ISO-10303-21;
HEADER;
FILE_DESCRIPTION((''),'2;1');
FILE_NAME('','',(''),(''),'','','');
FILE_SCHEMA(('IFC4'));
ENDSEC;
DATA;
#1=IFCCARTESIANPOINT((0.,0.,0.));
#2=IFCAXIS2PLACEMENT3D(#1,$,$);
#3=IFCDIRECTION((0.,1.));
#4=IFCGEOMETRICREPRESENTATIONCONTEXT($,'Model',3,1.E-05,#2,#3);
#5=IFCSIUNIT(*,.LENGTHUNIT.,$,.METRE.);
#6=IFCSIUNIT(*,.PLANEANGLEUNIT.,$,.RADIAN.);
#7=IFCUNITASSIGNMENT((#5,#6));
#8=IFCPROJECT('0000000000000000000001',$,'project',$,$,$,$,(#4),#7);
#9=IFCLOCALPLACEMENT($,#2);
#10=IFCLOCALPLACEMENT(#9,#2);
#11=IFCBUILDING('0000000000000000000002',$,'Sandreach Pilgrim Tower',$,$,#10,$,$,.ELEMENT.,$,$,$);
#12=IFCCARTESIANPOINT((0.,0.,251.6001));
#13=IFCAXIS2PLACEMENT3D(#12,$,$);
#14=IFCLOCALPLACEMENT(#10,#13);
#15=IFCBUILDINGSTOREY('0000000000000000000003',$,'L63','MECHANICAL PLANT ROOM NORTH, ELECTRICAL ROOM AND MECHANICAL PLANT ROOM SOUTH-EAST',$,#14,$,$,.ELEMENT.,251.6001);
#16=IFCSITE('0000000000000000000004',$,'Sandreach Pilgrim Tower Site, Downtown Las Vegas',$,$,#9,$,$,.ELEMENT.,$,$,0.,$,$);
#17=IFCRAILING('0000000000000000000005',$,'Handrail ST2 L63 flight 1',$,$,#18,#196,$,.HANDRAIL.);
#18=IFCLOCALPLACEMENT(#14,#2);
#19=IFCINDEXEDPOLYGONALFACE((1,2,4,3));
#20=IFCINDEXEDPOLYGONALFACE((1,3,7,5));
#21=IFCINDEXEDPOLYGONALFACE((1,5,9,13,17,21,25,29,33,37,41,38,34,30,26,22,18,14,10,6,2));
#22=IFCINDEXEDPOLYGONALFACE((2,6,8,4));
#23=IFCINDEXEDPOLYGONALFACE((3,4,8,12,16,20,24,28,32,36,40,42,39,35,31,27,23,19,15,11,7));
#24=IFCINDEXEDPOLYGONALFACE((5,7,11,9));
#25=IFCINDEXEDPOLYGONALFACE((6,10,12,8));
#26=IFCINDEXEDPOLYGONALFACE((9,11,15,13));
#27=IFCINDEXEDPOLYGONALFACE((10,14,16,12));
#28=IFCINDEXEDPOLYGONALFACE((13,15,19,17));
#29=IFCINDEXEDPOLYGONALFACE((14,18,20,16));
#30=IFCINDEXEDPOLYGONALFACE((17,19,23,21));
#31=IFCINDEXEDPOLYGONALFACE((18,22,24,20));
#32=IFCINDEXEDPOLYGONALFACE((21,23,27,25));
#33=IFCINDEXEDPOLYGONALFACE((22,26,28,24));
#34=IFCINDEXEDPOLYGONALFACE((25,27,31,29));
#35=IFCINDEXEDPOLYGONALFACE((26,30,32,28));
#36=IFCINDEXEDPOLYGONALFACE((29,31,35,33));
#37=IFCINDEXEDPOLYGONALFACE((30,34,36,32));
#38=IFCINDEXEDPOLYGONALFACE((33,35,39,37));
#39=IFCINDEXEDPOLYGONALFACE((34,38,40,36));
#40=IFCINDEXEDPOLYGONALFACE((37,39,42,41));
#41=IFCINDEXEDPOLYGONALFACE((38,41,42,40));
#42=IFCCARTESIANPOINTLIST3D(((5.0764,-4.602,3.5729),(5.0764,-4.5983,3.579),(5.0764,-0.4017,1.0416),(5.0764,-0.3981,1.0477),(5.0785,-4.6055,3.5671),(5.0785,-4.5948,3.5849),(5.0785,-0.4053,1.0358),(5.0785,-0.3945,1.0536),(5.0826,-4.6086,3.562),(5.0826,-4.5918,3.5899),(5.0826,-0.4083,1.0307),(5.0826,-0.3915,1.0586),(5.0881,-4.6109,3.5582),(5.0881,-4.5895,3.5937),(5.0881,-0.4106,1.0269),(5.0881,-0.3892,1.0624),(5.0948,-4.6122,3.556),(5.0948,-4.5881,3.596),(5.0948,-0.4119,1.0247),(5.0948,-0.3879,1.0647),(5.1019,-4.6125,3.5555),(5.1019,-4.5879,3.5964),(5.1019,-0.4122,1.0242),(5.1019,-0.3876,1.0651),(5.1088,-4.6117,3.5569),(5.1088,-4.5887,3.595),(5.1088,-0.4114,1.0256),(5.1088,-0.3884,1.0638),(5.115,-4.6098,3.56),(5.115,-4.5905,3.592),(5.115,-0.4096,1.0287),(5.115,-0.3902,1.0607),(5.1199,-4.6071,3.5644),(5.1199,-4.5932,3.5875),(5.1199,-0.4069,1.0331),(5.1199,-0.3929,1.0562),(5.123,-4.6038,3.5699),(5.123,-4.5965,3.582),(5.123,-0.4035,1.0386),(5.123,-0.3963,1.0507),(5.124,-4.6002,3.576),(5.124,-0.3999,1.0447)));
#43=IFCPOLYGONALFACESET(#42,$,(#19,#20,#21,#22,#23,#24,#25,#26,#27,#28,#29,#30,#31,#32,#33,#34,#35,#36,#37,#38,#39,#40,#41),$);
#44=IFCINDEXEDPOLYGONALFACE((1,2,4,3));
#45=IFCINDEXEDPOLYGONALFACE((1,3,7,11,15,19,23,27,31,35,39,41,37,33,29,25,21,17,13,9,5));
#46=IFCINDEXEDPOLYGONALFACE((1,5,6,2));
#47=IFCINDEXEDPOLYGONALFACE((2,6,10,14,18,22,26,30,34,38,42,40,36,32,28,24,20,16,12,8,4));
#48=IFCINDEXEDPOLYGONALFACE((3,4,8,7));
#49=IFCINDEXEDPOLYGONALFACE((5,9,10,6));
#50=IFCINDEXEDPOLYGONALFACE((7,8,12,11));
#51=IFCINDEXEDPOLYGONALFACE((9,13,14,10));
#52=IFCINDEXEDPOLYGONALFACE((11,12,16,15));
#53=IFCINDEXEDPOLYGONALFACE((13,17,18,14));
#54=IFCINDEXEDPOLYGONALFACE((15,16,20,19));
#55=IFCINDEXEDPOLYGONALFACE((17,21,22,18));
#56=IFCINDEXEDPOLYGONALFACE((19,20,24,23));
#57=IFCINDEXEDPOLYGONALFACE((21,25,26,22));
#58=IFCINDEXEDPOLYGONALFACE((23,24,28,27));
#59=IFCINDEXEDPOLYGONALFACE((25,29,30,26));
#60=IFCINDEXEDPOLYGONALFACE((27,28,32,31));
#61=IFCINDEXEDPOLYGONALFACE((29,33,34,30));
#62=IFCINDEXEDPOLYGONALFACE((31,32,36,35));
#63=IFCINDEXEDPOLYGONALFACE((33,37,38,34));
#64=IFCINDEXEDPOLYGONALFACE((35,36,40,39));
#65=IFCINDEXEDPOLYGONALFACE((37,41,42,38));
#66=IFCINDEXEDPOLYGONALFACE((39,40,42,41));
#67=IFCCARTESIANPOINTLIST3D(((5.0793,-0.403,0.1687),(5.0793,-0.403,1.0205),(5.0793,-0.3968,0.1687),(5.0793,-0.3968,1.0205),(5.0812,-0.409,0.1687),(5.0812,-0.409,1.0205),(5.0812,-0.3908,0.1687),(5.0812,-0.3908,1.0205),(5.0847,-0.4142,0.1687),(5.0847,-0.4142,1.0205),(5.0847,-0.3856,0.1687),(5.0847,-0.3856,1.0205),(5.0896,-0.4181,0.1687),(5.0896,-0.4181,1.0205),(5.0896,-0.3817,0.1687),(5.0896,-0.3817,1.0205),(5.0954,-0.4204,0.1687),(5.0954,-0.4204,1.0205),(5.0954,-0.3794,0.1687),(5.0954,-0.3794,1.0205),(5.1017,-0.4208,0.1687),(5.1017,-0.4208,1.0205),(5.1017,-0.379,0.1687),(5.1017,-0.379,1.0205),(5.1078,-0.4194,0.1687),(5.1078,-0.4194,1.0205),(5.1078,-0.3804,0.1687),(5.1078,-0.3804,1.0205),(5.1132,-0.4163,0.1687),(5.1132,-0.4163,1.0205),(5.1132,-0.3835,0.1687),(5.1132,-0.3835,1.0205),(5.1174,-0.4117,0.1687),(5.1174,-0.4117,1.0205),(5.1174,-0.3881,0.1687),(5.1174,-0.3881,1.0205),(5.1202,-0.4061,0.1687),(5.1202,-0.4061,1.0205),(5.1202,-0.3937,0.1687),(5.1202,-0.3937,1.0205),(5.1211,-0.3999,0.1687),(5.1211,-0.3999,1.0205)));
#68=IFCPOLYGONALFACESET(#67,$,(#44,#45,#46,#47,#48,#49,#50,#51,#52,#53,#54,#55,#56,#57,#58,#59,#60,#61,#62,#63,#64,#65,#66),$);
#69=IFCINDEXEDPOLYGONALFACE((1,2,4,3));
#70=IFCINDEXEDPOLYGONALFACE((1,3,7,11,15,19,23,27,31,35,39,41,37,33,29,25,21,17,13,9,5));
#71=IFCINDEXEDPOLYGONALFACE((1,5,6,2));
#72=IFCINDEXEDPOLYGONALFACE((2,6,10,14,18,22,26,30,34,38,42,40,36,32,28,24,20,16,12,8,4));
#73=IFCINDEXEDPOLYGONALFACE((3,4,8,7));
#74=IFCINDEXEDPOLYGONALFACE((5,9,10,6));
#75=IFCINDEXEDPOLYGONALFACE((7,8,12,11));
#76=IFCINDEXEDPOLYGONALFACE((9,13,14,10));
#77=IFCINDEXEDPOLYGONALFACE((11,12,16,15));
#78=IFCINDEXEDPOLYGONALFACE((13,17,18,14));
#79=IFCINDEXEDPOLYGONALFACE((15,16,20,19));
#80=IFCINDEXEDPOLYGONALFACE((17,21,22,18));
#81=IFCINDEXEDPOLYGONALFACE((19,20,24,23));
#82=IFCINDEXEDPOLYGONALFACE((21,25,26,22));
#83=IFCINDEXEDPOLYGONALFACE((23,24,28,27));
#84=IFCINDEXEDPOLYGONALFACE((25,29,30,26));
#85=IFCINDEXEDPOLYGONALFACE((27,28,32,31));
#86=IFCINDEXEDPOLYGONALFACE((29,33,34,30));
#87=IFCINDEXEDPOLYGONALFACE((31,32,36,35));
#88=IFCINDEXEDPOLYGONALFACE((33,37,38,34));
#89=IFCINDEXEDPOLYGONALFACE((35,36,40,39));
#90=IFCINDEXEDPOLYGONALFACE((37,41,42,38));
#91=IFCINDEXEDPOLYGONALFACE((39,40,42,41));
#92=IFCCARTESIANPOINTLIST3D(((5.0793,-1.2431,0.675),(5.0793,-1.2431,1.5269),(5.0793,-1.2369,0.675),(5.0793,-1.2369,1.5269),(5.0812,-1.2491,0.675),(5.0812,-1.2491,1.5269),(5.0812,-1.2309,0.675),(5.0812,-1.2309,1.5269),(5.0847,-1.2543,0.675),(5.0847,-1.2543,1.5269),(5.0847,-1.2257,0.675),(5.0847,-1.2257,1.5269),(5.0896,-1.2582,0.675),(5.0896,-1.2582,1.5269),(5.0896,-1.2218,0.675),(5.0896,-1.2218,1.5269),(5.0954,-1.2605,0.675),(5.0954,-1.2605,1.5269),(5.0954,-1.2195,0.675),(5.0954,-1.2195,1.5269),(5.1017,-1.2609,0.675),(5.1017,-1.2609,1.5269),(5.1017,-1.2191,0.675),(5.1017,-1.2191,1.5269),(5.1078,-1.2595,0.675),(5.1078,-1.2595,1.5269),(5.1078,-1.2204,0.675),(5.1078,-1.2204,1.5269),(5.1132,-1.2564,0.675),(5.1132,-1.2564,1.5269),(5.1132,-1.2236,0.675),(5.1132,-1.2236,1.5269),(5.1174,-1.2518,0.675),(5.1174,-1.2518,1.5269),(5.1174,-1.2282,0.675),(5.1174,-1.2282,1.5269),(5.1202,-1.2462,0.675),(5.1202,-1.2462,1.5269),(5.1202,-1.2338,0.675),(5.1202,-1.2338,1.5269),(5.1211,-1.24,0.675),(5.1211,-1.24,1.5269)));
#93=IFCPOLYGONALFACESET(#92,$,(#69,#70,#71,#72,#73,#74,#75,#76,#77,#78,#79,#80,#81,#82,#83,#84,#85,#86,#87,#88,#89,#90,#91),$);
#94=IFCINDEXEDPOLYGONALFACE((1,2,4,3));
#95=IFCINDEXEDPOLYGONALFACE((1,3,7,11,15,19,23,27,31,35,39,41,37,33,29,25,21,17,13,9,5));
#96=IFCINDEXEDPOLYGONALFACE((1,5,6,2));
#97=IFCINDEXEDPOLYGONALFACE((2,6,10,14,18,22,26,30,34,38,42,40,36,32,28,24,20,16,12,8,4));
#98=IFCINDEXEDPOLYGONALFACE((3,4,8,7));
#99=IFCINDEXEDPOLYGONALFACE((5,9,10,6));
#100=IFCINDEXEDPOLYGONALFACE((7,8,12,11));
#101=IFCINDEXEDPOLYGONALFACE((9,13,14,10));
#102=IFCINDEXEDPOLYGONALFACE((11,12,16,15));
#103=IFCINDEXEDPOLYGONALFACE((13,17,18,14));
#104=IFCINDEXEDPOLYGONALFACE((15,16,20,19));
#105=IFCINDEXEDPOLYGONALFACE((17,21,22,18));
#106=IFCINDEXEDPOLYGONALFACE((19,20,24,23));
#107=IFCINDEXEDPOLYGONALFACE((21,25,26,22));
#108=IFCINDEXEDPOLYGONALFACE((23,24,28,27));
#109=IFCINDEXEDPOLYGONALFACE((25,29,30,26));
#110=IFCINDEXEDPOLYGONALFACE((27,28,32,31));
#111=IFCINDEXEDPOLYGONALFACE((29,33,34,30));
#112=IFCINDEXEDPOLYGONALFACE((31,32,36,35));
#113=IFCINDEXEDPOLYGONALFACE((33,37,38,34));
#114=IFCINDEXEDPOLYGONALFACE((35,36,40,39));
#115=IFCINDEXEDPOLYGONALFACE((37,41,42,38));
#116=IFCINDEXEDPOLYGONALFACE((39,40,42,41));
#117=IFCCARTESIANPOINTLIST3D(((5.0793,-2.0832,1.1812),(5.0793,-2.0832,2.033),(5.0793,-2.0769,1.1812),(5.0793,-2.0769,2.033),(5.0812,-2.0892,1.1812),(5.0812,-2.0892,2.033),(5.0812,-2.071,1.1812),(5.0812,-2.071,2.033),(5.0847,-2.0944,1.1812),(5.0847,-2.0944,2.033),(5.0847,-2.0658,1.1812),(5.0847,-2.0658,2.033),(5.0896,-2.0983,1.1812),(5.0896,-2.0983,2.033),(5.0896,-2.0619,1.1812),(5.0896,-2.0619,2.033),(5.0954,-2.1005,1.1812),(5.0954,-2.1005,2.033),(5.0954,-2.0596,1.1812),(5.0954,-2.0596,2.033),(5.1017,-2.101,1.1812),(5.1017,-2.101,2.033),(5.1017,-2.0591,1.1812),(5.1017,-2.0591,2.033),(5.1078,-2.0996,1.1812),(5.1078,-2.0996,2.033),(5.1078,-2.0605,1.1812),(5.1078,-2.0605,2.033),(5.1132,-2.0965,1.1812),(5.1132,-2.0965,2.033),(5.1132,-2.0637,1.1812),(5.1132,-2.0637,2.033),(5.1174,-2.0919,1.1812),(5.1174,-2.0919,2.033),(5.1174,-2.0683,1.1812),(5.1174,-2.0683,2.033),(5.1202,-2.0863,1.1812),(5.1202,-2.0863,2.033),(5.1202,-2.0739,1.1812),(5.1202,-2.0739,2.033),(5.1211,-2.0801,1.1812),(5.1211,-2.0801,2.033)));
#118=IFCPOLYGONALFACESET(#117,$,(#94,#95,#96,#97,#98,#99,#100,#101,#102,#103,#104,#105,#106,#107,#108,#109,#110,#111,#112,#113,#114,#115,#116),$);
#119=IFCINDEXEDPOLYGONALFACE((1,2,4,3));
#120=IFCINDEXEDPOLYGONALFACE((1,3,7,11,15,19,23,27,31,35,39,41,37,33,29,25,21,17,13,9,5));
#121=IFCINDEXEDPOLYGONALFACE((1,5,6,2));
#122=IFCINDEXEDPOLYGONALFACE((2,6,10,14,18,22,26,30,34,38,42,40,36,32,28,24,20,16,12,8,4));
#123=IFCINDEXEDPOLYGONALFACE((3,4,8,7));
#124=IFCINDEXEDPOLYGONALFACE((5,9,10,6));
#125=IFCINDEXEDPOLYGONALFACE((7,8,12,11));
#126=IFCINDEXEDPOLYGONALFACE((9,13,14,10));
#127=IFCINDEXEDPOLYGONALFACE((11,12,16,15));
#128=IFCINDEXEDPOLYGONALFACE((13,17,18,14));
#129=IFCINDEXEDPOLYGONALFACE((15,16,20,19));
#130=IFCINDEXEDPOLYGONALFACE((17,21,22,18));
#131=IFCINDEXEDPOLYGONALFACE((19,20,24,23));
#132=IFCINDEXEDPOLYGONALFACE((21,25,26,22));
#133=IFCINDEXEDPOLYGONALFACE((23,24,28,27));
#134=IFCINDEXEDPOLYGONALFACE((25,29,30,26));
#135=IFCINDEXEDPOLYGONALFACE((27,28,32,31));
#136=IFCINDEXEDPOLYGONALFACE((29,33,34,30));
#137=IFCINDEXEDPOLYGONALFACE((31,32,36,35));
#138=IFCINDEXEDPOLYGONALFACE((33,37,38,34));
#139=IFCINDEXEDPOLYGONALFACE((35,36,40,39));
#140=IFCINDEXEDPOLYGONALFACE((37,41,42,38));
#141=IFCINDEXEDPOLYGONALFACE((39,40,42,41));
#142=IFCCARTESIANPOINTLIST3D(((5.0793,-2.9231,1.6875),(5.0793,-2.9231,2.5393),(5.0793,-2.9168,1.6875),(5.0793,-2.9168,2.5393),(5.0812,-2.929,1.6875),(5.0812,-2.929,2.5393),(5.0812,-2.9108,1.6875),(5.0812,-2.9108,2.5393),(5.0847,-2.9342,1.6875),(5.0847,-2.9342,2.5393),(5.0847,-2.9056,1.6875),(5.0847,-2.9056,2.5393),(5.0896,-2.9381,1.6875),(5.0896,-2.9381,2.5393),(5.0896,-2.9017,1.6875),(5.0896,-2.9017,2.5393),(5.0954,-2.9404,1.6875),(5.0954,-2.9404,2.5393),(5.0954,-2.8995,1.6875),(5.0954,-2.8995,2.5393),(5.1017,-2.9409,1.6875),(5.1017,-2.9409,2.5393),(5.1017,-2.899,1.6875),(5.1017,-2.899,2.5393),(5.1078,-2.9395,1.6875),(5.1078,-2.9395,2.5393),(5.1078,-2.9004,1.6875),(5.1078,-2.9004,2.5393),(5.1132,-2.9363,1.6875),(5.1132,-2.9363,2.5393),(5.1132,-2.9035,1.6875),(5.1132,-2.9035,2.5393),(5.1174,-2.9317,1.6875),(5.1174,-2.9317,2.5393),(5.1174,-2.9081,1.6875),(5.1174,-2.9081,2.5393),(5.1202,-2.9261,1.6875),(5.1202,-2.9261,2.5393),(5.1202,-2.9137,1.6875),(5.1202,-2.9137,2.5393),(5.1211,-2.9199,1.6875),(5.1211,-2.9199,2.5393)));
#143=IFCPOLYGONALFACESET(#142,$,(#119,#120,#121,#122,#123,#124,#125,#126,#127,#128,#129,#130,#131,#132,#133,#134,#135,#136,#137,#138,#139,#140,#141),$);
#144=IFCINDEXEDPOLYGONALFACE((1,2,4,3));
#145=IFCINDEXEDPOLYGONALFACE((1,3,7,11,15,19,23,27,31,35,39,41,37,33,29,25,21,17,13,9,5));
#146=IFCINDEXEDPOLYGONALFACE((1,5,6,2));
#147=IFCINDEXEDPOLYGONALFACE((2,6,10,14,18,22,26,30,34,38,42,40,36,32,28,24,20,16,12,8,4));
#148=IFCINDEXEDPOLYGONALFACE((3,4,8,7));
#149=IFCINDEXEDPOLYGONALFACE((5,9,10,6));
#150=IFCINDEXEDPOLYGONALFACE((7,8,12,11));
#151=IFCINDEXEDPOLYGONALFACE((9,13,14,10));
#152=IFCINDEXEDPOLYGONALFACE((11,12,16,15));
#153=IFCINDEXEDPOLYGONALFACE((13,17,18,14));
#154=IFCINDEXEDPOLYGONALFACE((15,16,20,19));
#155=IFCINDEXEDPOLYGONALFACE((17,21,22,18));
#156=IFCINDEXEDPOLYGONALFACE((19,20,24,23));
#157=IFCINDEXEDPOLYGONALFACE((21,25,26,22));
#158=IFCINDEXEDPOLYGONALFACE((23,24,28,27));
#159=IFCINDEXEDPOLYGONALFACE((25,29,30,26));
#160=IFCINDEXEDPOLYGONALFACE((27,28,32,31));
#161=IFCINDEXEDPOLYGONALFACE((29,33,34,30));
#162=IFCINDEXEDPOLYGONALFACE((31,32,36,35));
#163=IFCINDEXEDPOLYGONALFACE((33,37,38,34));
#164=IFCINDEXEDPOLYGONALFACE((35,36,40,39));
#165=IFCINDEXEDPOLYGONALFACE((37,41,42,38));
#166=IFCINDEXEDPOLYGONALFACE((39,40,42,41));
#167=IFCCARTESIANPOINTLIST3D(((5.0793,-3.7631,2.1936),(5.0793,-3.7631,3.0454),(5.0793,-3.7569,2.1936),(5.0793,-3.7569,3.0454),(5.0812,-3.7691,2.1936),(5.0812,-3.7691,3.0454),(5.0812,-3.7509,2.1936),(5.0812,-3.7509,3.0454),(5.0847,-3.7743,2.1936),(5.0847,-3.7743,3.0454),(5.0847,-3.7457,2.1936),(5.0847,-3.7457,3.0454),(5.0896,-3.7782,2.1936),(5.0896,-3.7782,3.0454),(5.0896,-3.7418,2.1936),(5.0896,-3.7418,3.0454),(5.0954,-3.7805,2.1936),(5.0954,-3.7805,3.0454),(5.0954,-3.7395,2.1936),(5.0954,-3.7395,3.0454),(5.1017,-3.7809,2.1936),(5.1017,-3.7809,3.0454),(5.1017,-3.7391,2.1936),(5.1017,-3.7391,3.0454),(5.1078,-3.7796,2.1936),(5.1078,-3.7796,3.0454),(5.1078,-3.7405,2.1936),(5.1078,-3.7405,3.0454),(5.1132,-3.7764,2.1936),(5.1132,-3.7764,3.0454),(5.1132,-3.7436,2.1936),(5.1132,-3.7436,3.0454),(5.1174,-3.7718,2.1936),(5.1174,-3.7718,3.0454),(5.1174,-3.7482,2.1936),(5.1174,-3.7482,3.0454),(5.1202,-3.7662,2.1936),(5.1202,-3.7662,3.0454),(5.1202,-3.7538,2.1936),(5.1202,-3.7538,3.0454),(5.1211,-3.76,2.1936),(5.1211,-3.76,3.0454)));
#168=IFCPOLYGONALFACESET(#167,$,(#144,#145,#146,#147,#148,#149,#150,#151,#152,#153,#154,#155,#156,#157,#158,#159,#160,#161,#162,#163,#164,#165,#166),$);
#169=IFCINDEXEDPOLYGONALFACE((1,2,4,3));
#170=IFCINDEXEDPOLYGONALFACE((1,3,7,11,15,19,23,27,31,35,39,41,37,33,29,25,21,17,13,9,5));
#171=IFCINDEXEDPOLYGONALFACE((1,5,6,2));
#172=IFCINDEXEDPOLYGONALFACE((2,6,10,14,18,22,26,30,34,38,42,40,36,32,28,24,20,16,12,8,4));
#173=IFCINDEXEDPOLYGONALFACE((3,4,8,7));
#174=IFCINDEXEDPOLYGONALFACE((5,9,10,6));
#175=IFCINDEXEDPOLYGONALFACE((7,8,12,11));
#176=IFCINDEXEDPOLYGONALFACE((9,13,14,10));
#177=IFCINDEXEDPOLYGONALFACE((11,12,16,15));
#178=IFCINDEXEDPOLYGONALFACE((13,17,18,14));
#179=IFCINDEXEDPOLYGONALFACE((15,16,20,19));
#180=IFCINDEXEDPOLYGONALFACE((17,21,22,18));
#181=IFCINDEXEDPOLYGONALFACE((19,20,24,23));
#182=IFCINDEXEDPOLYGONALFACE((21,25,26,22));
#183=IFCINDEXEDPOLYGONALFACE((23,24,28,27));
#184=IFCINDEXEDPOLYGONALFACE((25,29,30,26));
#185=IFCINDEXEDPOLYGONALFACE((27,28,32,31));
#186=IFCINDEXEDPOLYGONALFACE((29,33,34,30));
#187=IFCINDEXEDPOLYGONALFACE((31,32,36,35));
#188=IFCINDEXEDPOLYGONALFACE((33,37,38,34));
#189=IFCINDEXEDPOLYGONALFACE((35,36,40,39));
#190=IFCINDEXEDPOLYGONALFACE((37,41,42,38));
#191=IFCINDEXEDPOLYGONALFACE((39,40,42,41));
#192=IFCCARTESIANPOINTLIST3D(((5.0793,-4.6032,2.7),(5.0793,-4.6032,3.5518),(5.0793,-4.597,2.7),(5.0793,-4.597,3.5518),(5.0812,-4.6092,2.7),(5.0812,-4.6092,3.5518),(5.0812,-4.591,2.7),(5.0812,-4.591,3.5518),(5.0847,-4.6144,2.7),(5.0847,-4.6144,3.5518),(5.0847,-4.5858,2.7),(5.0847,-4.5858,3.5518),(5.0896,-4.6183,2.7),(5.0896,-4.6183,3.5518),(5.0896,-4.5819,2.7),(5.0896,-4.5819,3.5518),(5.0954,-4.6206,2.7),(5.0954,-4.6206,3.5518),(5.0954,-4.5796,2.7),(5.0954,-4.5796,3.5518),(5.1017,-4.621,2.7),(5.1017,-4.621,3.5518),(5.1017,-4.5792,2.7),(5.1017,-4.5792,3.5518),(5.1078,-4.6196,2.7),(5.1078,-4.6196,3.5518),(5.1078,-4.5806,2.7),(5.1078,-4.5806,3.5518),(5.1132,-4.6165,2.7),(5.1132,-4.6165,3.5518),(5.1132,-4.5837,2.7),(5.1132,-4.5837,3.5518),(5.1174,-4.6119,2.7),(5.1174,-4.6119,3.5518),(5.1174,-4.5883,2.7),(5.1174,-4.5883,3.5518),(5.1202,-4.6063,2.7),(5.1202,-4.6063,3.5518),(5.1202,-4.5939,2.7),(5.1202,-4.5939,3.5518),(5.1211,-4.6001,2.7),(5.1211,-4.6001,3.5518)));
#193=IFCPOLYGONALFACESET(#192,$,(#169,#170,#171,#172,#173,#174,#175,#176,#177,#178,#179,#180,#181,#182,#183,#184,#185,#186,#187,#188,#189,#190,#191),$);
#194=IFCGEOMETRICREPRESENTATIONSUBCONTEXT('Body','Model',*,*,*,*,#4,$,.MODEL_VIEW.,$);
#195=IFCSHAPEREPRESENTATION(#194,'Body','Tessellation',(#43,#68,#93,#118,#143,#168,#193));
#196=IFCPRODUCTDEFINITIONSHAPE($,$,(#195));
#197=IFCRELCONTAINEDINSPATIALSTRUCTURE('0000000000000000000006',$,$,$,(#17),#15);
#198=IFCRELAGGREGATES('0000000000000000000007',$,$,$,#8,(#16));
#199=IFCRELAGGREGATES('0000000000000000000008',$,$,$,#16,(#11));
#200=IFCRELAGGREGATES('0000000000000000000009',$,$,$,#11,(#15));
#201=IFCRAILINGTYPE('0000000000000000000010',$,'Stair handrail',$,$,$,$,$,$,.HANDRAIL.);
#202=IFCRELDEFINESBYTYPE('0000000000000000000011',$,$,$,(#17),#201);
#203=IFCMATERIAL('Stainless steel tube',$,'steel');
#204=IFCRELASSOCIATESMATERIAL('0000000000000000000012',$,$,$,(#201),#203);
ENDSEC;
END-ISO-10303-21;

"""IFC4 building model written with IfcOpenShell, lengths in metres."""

from ifc_helpers import new_model, si_unit, direction, frame, origin, origin_2d, place, context, subcontext, project, spatial, circle, extrude, material, type_object, element, save


model = new_model("IFC4")

# Units and contexts
model_context = context("Model", 3, precision=1e-05, world=origin(), true_north=direction((0.0, 1.0)))
body_context = subcontext(model_context, "Body", "Model", "MODEL_VIEW")
ifc_project = project(units=[si_unit("LENGTHUNIT", "METRE"), si_unit("PLANEANGLEUNIT", "RADIAN")], contexts=[model_context])

# Site, building, storey
site_placement = place(None, origin())
site = spatial("IfcSite", under=ifc_project, at=site_placement, Name="Sandreach Pilgrim Tower Site, Downtown Las Vegas", CompositionType="ELEMENT", RefElevation=0.0)
building_placement = place(site_placement, origin())
building = spatial("IfcBuilding", under=site, at=building_placement, Name="Sandreach Pilgrim Tower", CompositionType="ELEMENT")
storey_placement = place(building_placement, frame((0.0, 0.0, 251.6001)))
storey = spatial("IfcBuildingStorey", under=building, at=storey_placement, Name="L63", Description="MECHANICAL PLANT ROOM NORTH, ELECTRICAL ROOM AND MECHANICAL PLANT ROOM SOUTH-EAST", CompositionType="ELEMENT", Elevation=251.6001)

# Railing
ifc_material_1 = material(Name="Stainless steel tube", Category="steel")
railing_type = type_object("IfcRailingType", Name="Stair handrail", PredefinedType="HANDRAIL", material=ifc_material_1)
for number, where, name in (
    (1, (5.1001, -0.3999, 0.1687), "Handrail ST2 L63 flight 1"),
):
    element("IfcRailing", number, at=place(storey_placement, frame(where)), inside=storey, type_object=railing_type, Name=name, PredefinedType="HANDRAIL", context=body_context, shape_type="SweptSolid", body=[
        extrude(circle(Radius=0.0239, at=origin_2d()), frame((0.0, 0.0, 0.876), z_axis=(0.0, -0.85649, 0.516164), x_axis=(1.0, 0.0, 0.0)), (0.0, 0.0, 1.0), 4.9041),
        extrude(circle(Radius=0.021, at=origin_2d()), origin(), (0.0, 0.0, 1.0), 0.8518),
        extrude(circle(Radius=0.021, at=origin_2d()), frame((0.0, -0.8401, 0.5063)), (0.0, 0.0, 1.0), 0.8518),
        extrude(circle(Radius=0.021, at=origin_2d()), frame((0.0, -1.6802, 1.0125)), (0.0, 0.0, 1.0), 0.8518),
        extrude(circle(Radius=0.021, at=origin_2d()), frame((0.0, -2.52, 1.5188)), (0.0, 0.0, 1.0), 0.8518),
        extrude(circle(Radius=0.021, at=origin_2d()), frame((0.0, -3.3601, 2.0249)), (0.0, 0.0, 1.0), 0.8518),
        extrude(circle(Radius=0.021, at=origin_2d()), frame((0.0, -4.2002, 2.5312)), (0.0, 0.0, 1.0), 0.8518),
    ])

save(model, "model.ifc")
